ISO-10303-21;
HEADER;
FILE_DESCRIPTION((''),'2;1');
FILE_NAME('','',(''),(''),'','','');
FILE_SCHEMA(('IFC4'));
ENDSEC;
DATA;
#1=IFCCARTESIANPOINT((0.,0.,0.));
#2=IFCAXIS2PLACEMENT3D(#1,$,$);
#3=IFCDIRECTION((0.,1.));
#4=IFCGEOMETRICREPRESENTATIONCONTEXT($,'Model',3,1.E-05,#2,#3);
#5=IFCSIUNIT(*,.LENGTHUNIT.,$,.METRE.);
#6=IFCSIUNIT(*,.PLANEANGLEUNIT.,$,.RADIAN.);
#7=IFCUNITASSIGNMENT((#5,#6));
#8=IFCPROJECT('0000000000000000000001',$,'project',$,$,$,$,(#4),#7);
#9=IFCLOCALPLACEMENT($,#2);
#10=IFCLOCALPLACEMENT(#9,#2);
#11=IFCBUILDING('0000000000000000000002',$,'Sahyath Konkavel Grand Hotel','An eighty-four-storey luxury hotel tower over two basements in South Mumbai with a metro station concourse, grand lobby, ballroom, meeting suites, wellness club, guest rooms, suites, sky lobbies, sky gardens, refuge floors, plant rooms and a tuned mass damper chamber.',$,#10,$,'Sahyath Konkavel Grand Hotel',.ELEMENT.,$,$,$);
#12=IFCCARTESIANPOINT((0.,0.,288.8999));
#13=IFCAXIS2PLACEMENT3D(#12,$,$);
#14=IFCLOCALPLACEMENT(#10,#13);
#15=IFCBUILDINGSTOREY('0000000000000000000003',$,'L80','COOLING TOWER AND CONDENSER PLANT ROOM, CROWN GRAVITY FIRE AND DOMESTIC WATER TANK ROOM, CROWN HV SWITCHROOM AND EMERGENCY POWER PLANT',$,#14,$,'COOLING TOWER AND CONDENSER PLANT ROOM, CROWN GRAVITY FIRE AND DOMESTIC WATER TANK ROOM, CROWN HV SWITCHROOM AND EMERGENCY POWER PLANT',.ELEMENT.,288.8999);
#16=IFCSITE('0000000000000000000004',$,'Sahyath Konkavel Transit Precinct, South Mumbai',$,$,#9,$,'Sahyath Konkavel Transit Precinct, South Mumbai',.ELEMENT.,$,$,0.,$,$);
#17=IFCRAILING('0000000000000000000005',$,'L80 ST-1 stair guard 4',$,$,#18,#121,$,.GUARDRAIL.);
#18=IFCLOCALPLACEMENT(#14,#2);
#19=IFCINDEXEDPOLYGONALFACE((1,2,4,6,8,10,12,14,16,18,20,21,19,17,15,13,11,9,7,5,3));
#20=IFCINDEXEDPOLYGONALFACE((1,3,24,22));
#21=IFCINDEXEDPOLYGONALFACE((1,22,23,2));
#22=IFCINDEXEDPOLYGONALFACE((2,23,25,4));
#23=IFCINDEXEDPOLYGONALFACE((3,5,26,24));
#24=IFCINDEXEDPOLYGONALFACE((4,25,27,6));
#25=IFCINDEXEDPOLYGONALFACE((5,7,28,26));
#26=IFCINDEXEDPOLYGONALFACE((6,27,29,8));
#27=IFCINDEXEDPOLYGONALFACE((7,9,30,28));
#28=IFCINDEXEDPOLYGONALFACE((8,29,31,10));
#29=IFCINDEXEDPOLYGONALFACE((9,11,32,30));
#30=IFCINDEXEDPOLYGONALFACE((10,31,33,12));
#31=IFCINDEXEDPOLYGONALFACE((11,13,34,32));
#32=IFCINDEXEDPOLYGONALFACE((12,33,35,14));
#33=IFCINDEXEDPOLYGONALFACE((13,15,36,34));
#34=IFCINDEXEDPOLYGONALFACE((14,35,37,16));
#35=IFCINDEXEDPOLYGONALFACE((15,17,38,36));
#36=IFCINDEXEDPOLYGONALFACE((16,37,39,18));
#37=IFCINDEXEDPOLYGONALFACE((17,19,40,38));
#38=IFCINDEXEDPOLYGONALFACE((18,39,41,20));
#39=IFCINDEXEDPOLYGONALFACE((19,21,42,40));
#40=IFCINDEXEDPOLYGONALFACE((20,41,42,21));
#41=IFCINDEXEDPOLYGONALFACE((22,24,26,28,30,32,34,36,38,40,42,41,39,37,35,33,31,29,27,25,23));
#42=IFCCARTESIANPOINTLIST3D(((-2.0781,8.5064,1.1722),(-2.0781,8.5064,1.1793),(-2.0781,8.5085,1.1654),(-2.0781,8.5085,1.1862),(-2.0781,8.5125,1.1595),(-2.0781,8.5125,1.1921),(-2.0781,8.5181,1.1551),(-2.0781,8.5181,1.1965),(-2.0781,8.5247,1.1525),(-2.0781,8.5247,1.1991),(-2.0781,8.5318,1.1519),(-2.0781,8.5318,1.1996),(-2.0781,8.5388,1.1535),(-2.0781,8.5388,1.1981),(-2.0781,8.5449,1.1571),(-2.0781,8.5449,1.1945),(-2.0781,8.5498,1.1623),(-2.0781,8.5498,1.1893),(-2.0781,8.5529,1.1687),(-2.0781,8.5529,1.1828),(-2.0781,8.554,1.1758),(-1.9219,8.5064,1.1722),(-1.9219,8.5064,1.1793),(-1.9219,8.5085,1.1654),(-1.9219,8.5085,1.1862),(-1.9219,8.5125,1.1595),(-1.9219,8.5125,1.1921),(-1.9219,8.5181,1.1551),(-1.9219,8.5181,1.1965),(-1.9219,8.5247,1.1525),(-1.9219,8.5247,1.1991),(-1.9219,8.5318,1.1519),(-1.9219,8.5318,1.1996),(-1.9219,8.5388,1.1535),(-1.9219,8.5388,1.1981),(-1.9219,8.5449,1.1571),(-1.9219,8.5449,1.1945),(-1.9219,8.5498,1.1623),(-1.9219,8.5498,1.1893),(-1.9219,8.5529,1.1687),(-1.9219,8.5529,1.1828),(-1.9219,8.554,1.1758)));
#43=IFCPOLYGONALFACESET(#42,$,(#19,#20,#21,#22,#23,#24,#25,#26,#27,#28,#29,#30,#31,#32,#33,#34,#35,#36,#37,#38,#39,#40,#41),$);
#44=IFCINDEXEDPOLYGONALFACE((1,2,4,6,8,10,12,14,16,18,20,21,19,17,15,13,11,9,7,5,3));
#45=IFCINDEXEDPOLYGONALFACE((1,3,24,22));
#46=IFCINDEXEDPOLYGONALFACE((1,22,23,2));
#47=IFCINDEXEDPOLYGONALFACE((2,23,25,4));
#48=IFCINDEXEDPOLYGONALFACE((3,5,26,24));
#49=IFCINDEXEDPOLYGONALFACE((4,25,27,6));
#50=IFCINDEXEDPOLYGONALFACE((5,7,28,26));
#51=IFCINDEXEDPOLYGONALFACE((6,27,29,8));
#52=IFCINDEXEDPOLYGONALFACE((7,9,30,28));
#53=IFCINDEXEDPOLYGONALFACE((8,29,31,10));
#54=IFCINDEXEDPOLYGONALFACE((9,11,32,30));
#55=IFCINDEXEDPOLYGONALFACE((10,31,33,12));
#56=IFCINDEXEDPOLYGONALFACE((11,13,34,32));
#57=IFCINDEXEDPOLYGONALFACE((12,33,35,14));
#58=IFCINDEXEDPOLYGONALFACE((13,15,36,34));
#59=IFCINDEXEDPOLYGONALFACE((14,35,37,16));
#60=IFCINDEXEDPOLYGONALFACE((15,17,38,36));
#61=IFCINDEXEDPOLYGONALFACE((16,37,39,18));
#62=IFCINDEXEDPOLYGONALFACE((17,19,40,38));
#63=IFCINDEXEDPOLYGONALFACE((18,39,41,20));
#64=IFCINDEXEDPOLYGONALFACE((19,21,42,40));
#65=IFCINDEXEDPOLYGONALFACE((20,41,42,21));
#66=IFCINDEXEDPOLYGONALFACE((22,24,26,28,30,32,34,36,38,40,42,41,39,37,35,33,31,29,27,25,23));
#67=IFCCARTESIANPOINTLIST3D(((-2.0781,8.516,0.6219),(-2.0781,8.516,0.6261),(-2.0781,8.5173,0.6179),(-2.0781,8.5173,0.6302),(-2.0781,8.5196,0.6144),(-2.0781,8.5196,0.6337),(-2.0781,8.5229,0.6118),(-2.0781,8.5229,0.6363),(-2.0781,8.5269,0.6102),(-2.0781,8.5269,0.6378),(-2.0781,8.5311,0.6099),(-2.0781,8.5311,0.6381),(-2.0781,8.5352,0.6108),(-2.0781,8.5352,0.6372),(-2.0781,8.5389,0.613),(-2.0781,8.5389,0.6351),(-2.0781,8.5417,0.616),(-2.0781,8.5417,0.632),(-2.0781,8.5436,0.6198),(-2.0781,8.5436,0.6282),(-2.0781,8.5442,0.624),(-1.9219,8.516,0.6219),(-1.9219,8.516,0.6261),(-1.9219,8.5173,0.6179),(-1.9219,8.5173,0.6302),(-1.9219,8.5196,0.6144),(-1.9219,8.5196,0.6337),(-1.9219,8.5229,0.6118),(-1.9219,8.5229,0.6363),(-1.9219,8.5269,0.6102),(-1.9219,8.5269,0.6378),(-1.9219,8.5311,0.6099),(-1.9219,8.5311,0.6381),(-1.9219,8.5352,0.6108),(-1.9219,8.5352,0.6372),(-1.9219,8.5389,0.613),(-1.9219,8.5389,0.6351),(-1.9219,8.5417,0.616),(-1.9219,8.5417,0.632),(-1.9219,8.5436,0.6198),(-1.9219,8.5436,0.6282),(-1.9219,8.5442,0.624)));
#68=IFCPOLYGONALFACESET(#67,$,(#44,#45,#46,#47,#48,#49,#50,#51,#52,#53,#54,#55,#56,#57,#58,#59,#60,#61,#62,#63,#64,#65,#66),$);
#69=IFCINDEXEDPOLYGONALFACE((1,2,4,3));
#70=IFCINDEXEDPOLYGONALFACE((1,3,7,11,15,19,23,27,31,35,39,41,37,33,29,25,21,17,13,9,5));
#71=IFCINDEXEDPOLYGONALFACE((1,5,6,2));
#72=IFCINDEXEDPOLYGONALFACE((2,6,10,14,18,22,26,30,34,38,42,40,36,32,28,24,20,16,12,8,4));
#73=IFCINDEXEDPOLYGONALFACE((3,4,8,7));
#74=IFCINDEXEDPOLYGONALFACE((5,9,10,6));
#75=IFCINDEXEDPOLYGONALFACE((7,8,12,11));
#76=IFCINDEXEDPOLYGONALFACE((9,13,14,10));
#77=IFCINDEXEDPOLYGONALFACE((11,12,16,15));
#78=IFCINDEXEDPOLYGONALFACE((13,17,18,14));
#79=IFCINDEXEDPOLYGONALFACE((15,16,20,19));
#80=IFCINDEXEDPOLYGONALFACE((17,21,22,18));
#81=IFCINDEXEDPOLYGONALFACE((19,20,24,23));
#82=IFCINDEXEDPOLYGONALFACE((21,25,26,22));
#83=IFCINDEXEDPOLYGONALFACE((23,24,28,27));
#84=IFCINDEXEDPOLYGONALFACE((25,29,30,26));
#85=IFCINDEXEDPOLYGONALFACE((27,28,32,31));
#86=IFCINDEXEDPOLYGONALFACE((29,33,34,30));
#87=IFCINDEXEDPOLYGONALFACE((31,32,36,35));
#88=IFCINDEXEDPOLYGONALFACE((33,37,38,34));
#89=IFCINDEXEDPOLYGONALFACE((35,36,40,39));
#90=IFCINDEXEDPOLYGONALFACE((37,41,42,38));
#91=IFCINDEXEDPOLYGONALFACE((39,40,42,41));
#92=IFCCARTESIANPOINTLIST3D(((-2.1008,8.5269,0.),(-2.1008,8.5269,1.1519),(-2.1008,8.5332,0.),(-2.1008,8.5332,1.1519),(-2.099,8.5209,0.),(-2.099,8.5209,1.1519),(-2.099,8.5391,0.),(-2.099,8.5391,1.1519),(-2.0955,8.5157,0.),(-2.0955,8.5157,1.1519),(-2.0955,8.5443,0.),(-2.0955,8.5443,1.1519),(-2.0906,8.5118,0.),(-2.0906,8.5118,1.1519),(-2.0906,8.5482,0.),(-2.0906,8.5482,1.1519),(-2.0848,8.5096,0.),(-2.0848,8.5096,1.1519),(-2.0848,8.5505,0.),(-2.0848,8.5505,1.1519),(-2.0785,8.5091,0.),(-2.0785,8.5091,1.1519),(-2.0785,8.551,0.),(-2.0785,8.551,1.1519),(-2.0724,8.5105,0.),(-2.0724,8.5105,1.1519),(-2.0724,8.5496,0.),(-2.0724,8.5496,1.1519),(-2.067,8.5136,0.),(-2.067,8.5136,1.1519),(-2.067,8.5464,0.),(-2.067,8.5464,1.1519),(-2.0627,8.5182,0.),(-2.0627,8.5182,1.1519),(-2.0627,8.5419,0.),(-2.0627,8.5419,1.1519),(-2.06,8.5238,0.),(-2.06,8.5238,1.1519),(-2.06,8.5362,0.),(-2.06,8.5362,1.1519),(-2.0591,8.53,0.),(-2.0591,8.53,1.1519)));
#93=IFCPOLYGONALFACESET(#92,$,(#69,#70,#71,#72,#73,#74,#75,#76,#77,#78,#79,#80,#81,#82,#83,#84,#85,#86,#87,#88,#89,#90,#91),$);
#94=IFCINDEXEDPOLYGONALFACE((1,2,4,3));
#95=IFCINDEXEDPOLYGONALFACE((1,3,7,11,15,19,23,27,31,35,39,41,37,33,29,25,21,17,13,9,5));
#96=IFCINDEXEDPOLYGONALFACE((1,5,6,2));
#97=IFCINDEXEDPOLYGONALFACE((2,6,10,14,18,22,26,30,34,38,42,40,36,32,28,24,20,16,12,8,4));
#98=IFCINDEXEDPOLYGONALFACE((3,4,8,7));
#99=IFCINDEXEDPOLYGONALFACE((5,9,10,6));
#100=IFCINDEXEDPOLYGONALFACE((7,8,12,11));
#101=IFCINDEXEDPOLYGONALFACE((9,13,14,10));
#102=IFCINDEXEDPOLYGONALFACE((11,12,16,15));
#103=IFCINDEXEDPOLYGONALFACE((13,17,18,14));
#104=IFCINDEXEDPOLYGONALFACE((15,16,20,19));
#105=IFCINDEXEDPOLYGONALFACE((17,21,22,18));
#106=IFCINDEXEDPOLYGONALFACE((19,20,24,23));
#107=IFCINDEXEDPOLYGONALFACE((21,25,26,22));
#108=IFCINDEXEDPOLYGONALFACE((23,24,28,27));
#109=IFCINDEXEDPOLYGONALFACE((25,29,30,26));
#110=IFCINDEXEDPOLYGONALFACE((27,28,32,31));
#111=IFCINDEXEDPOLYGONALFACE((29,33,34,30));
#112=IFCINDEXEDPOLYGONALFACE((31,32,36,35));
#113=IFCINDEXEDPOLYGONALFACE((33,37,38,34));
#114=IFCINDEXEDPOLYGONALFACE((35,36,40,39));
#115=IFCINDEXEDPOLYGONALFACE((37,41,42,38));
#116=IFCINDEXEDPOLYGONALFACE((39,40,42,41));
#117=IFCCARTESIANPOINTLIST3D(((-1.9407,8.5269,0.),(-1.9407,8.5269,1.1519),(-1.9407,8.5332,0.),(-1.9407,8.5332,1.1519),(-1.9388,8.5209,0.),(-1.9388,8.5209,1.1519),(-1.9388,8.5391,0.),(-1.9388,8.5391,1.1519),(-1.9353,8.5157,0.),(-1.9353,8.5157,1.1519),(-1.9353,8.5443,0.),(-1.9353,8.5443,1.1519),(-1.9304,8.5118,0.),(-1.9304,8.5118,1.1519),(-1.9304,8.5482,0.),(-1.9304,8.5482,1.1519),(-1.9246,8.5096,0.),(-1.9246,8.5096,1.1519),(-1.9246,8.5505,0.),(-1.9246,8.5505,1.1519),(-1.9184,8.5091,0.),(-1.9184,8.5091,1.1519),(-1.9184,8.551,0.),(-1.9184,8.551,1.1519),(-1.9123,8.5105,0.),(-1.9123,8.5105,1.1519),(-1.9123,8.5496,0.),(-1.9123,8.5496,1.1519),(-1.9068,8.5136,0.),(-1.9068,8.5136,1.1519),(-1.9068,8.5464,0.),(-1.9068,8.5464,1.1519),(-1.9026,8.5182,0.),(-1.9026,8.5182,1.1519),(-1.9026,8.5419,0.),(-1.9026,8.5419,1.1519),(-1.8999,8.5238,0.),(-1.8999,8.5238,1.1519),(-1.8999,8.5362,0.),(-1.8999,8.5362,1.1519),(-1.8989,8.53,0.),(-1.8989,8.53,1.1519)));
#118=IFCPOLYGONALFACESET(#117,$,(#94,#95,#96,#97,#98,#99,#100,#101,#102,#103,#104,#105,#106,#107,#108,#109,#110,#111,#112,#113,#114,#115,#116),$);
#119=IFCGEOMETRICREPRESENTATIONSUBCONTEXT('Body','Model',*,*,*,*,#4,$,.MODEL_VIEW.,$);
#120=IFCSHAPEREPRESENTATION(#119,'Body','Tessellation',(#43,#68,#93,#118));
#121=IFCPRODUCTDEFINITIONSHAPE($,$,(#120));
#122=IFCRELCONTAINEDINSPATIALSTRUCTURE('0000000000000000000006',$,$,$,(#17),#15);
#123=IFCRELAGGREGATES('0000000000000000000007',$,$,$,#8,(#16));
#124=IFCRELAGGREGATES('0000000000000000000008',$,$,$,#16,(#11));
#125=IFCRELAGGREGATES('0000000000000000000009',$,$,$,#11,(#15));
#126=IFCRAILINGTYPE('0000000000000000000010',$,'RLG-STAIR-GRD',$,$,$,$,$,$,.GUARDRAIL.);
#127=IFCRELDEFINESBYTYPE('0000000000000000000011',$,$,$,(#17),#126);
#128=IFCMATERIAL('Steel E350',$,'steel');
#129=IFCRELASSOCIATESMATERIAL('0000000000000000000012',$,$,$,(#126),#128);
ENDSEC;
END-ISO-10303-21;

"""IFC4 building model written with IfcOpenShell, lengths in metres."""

from ifc_helpers import new_model, si_unit, direction, frame, origin, origin_2d, place, context, subcontext, project, spatial, circle, extrude, material, type_object, element, save


model = new_model("IFC4")

# Units and contexts
model_context = context("Model", 3, precision=1e-05, world=origin(), true_north=direction((0.0, 1.0)))
body_context = subcontext(model_context, "Body", "Model", "MODEL_VIEW")
ifc_project = project(units=[si_unit("LENGTHUNIT", "METRE"), si_unit("PLANEANGLEUNIT", "RADIAN")], contexts=[model_context])

# Site, building, storey
site_placement = place(None, origin())
site = spatial("IfcSite", under=ifc_project, at=site_placement, Name="Sahyath Konkavel Transit Precinct, South Mumbai", LongName="Sahyath Konkavel Transit Precinct, South Mumbai", CompositionType="ELEMENT", RefElevation=0.0)
building_placement = place(site_placement, origin())
building = spatial("IfcBuilding", under=site, at=building_placement, Name="Sahyath Konkavel Grand Hotel", Description="An eighty-four-storey luxury hotel tower over two basements in South Mumbai with a metro station concourse, grand lobby, ballroom, meeting suites, wellness club, guest rooms, suites, sky lobbies, sky gardens, refuge floors, plant rooms and a tuned mass damper chamber.", LongName="Sahyath Konkavel Grand Hotel", CompositionType="ELEMENT")
storey_placement = place(building_placement, frame((0.0, 0.0, 288.8999)))
storey = spatial("IfcBuildingStorey", under=building, at=storey_placement, Name="L80", Description="COOLING TOWER AND CONDENSER PLANT ROOM, CROWN GRAVITY FIRE AND DOMESTIC WATER TANK ROOM, CROWN HV SWITCHROOM AND EMERGENCY POWER PLANT", LongName="COOLING TOWER AND CONDENSER PLANT ROOM, CROWN GRAVITY FIRE AND DOMESTIC WATER TANK ROOM, CROWN HV SWITCHROOM AND EMERGENCY POWER PLANT", CompositionType="ELEMENT", Elevation=288.8999)

# Shared definitions
ifc_material_1 = material(Name="Steel E350", Category="steel")

# Railing
railing_type_1 = type_object("IfcRailingType", Name="RLG-STAIR-GRD", PredefinedType="GUARDRAIL", material=ifc_material_1)
railing_1_placement = place(storey_placement, frame((-2.0801, 8.53, 0.0)))
element("IfcRailing", 1, at=railing_1_placement, inside=storey, type_object=railing_type_1, Name="L80 ST-1 stair guard 4", PredefinedType="GUARDRAIL", context=body_context, shape_type="SweptSolid", body=[
    extrude(circle(Radius=0.0239, at=origin_2d()), frame((0.002, 0.0, 1.1758), z_axis=(1.0, 0.0, 0.0), x_axis=(0.0, 1.0, 0.0)), (0.0, 0.0, 1.0), 0.1562),
    extrude(circle(Radius=0.0142, at=origin_2d()), frame((0.002, 0.0, 0.624), z_axis=(1.0, 0.0, 0.0), x_axis=(0.0, 1.0, 0.0)), (0.0, 0.0, 1.0), 0.1562),
    extrude(circle(Radius=0.021, at=origin_2d()), origin(), (0.0, 0.0, 1.0), 1.1519),
    extrude(circle(Radius=0.021, at=origin_2d()), frame((0.1602, 0.0, 0.0)), (0.0, 0.0, 1.0), 1.1519),
])

save(model, "model.ifc")
